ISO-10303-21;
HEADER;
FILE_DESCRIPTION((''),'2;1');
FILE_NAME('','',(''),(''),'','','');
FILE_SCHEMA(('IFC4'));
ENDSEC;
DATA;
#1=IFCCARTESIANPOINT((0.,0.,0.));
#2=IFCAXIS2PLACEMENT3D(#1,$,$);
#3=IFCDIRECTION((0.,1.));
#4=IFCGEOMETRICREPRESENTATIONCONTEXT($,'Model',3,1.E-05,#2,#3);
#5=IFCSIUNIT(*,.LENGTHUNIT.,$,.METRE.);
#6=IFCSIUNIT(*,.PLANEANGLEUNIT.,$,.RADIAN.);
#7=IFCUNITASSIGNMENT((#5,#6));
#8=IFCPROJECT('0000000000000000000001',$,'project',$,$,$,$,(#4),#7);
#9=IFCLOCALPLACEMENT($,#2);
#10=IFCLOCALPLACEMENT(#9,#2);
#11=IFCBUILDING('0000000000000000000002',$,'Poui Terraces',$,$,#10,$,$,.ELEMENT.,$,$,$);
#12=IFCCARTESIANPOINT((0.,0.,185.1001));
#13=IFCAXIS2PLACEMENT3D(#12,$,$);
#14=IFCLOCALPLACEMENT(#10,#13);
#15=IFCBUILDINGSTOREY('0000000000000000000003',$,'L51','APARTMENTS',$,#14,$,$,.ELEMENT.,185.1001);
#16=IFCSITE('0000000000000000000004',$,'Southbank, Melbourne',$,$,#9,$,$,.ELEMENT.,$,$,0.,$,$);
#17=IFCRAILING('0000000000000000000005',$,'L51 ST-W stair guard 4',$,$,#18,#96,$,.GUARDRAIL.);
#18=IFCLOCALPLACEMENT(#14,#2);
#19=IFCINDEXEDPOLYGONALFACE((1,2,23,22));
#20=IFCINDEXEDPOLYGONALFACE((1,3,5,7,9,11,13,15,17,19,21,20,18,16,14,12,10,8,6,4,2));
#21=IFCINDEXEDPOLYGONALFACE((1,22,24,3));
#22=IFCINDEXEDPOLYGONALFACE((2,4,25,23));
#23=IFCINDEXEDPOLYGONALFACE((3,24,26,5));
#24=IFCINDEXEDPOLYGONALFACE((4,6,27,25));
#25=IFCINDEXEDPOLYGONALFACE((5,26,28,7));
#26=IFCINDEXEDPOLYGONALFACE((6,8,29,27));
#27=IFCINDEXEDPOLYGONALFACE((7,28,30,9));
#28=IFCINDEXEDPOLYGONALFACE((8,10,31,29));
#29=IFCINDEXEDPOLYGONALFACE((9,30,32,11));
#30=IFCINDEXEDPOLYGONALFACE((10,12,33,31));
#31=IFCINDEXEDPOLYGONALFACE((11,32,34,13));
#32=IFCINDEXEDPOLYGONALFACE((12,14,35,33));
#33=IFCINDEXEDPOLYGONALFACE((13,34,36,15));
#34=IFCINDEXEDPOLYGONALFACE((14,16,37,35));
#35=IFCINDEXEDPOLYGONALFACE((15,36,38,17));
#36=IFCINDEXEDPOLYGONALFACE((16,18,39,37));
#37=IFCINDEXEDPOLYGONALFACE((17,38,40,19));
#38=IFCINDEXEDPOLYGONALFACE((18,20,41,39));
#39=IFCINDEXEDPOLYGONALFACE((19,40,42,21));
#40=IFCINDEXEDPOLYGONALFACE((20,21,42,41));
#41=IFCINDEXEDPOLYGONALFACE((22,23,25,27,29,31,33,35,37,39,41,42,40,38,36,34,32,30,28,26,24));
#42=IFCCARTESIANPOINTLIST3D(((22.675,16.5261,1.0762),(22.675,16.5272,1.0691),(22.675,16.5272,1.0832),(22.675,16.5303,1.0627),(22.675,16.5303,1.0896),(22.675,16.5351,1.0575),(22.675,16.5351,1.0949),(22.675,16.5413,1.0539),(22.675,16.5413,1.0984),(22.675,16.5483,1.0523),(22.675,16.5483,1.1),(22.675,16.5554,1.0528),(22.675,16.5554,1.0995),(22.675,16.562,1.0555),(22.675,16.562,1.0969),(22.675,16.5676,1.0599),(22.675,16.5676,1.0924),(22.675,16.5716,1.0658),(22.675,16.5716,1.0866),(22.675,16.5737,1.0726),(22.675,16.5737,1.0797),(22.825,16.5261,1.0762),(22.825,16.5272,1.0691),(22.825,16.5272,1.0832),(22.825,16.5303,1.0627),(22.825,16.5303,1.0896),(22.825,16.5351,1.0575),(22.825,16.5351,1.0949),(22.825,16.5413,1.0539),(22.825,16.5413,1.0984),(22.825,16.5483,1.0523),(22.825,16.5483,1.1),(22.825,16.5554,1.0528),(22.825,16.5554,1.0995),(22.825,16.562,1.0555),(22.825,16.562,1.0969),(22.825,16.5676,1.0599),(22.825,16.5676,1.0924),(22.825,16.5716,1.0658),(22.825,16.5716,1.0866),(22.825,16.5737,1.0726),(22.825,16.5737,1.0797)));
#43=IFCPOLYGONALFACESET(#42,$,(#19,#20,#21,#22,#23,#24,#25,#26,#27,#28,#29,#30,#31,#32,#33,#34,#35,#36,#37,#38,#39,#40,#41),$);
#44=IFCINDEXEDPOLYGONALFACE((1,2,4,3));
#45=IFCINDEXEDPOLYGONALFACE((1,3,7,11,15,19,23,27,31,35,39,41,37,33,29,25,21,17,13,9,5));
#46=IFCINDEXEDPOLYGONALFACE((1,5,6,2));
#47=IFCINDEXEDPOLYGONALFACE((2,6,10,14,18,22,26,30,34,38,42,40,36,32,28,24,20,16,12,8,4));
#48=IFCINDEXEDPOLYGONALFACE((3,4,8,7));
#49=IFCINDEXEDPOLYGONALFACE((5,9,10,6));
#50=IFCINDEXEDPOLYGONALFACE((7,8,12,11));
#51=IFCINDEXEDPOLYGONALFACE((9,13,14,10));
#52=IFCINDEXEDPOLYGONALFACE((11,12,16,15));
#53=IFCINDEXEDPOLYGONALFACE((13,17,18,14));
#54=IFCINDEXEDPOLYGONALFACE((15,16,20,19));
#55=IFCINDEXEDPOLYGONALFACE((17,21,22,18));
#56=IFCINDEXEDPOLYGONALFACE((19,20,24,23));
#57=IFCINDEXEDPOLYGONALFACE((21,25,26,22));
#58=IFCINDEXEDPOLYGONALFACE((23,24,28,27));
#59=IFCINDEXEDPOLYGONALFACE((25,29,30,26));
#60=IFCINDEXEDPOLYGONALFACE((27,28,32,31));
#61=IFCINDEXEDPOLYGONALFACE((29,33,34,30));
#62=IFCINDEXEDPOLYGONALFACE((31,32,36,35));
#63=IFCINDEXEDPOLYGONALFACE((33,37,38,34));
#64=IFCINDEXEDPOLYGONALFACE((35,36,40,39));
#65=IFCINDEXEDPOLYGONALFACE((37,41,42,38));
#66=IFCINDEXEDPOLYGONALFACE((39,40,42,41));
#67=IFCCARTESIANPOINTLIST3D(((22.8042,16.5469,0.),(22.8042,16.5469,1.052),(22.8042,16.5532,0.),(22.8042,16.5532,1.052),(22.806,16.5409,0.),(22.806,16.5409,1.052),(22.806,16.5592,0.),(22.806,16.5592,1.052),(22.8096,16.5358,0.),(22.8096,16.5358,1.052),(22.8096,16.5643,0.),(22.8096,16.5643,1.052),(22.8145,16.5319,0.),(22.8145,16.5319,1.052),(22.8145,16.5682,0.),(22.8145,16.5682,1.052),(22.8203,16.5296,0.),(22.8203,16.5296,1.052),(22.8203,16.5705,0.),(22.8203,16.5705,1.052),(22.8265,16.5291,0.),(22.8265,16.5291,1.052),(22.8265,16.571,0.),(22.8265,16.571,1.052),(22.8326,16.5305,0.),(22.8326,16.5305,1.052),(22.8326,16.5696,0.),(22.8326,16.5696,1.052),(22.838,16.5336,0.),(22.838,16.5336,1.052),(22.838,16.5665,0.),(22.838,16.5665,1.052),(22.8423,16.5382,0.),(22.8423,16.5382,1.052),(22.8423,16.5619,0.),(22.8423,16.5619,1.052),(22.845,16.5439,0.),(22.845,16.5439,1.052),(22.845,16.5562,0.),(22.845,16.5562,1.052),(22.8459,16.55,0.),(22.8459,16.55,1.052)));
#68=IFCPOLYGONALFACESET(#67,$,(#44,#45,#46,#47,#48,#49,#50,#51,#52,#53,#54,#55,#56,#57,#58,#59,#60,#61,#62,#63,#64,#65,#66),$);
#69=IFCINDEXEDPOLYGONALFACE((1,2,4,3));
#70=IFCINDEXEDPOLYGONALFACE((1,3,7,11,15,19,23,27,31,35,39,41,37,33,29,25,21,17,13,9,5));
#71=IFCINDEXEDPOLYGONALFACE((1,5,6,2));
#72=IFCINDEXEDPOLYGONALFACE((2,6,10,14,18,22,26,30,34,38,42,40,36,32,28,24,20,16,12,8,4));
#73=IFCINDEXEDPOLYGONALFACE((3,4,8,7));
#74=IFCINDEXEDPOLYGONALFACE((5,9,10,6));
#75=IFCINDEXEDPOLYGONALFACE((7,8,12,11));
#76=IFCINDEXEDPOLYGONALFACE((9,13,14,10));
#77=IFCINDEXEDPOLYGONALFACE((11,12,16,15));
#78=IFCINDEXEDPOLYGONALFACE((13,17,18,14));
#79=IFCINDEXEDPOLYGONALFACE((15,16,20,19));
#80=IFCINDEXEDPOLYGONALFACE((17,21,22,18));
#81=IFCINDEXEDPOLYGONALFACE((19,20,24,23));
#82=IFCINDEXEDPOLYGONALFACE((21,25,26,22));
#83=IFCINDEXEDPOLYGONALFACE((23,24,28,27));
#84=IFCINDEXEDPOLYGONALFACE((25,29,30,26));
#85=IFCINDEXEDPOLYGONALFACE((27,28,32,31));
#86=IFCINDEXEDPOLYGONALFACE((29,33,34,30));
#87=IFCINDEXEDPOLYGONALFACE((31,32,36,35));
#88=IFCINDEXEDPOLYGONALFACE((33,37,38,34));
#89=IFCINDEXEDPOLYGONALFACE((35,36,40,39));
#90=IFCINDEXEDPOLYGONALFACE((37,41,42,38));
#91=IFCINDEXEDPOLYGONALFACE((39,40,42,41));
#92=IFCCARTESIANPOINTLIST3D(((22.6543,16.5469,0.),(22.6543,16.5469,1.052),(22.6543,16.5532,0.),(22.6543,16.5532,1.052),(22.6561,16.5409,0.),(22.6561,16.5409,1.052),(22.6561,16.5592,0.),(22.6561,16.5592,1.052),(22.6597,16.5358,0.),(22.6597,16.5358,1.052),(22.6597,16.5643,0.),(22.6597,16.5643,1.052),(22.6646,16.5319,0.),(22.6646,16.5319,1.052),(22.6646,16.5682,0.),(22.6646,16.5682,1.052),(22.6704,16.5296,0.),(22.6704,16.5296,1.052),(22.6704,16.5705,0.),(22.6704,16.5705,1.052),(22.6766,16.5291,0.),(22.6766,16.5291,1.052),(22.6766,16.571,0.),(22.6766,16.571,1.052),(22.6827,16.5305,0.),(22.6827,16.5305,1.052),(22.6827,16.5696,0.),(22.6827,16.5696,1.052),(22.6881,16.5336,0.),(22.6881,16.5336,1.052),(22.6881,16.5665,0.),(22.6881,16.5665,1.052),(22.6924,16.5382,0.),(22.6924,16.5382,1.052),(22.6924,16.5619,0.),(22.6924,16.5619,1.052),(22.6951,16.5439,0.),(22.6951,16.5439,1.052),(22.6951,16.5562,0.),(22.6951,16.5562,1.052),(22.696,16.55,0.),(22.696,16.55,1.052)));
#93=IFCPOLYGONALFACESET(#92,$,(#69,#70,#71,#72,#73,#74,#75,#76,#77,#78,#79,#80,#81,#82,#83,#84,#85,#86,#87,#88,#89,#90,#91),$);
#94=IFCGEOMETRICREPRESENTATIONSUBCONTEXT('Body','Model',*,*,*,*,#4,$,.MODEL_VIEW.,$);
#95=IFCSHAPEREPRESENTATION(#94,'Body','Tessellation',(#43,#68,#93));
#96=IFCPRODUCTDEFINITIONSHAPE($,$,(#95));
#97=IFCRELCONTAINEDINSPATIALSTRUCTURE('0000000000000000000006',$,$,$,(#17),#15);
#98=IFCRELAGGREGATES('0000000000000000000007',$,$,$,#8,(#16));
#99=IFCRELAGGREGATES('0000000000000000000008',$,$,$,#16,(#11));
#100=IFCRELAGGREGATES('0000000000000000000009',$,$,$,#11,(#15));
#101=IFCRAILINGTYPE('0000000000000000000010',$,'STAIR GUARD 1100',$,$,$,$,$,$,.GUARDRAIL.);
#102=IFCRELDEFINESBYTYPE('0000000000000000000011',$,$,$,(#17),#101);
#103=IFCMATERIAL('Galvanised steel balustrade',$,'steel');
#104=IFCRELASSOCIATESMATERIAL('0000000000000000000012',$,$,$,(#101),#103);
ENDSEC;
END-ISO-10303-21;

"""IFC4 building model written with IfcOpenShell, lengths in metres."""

from ifc_helpers import new_model, si_unit, direction, frame, origin, origin_2d, place, context, subcontext, project, spatial, circle, extrude, material, type_object, element, save


model = new_model("IFC4")

# Units and contexts
model_context = context("Model", 3, precision=1e-05, world=origin(), true_north=direction((0.0, 1.0)))
body_context = subcontext(model_context, "Body", "Model", "MODEL_VIEW")
ifc_project = project(units=[si_unit("LENGTHUNIT", "METRE"), si_unit("PLANEANGLEUNIT", "RADIAN")], contexts=[model_context])

# Site, building, storey
site_placement = place(None, origin())
site = spatial("IfcSite", under=ifc_project, at=site_placement, Name="Southbank, Melbourne", CompositionType="ELEMENT", RefElevation=0.0)
building_placement = place(site_placement, origin())
building = spatial("IfcBuilding", under=site, at=building_placement, Name="Poui Terraces", CompositionType="ELEMENT")
storey_placement = place(building_placement, frame((0.0, 0.0, 185.1001)))
storey = spatial("IfcBuildingStorey", under=building, at=storey_placement, Name="L51", Description="APARTMENTS", CompositionType="ELEMENT", Elevation=185.1001)

# Railing
ifc_material_1 = material(Name="Galvanised steel balustrade", Category="steel")
railing_type_1 = type_object("IfcRailingType", Name="STAIR GUARD 1100", PredefinedType="GUARDRAIL", material=ifc_material_1)
railing_1_placement = place(storey_placement, frame((22.825, 16.55, 0.0)))
element("IfcRailing", 1, at=railing_1_placement, inside=storey, type_object=railing_type_1, Name="L51 ST-W stair guard 4", PredefinedType="GUARDRAIL", context=body_context, shape_type="SweptSolid", body=[
    extrude(circle(Radius=0.0239, at=origin_2d()), frame((0.0, 0.0, 1.0762), z_axis=(-1.0, 0.0, 0.0), x_axis=(0.0, -1.0, 0.0)), (0.0, 0.0, 1.0), 0.1499),
    extrude(circle(Radius=0.021, at=origin_2d()), origin(), (0.0, 0.0, 1.0), 1.052),
    extrude(circle(Radius=0.021, at=origin_2d()), frame((-0.1499, 0.0, 0.0)), (0.0, 0.0, 1.0), 1.052),
])

save(model, "model.ifc")
